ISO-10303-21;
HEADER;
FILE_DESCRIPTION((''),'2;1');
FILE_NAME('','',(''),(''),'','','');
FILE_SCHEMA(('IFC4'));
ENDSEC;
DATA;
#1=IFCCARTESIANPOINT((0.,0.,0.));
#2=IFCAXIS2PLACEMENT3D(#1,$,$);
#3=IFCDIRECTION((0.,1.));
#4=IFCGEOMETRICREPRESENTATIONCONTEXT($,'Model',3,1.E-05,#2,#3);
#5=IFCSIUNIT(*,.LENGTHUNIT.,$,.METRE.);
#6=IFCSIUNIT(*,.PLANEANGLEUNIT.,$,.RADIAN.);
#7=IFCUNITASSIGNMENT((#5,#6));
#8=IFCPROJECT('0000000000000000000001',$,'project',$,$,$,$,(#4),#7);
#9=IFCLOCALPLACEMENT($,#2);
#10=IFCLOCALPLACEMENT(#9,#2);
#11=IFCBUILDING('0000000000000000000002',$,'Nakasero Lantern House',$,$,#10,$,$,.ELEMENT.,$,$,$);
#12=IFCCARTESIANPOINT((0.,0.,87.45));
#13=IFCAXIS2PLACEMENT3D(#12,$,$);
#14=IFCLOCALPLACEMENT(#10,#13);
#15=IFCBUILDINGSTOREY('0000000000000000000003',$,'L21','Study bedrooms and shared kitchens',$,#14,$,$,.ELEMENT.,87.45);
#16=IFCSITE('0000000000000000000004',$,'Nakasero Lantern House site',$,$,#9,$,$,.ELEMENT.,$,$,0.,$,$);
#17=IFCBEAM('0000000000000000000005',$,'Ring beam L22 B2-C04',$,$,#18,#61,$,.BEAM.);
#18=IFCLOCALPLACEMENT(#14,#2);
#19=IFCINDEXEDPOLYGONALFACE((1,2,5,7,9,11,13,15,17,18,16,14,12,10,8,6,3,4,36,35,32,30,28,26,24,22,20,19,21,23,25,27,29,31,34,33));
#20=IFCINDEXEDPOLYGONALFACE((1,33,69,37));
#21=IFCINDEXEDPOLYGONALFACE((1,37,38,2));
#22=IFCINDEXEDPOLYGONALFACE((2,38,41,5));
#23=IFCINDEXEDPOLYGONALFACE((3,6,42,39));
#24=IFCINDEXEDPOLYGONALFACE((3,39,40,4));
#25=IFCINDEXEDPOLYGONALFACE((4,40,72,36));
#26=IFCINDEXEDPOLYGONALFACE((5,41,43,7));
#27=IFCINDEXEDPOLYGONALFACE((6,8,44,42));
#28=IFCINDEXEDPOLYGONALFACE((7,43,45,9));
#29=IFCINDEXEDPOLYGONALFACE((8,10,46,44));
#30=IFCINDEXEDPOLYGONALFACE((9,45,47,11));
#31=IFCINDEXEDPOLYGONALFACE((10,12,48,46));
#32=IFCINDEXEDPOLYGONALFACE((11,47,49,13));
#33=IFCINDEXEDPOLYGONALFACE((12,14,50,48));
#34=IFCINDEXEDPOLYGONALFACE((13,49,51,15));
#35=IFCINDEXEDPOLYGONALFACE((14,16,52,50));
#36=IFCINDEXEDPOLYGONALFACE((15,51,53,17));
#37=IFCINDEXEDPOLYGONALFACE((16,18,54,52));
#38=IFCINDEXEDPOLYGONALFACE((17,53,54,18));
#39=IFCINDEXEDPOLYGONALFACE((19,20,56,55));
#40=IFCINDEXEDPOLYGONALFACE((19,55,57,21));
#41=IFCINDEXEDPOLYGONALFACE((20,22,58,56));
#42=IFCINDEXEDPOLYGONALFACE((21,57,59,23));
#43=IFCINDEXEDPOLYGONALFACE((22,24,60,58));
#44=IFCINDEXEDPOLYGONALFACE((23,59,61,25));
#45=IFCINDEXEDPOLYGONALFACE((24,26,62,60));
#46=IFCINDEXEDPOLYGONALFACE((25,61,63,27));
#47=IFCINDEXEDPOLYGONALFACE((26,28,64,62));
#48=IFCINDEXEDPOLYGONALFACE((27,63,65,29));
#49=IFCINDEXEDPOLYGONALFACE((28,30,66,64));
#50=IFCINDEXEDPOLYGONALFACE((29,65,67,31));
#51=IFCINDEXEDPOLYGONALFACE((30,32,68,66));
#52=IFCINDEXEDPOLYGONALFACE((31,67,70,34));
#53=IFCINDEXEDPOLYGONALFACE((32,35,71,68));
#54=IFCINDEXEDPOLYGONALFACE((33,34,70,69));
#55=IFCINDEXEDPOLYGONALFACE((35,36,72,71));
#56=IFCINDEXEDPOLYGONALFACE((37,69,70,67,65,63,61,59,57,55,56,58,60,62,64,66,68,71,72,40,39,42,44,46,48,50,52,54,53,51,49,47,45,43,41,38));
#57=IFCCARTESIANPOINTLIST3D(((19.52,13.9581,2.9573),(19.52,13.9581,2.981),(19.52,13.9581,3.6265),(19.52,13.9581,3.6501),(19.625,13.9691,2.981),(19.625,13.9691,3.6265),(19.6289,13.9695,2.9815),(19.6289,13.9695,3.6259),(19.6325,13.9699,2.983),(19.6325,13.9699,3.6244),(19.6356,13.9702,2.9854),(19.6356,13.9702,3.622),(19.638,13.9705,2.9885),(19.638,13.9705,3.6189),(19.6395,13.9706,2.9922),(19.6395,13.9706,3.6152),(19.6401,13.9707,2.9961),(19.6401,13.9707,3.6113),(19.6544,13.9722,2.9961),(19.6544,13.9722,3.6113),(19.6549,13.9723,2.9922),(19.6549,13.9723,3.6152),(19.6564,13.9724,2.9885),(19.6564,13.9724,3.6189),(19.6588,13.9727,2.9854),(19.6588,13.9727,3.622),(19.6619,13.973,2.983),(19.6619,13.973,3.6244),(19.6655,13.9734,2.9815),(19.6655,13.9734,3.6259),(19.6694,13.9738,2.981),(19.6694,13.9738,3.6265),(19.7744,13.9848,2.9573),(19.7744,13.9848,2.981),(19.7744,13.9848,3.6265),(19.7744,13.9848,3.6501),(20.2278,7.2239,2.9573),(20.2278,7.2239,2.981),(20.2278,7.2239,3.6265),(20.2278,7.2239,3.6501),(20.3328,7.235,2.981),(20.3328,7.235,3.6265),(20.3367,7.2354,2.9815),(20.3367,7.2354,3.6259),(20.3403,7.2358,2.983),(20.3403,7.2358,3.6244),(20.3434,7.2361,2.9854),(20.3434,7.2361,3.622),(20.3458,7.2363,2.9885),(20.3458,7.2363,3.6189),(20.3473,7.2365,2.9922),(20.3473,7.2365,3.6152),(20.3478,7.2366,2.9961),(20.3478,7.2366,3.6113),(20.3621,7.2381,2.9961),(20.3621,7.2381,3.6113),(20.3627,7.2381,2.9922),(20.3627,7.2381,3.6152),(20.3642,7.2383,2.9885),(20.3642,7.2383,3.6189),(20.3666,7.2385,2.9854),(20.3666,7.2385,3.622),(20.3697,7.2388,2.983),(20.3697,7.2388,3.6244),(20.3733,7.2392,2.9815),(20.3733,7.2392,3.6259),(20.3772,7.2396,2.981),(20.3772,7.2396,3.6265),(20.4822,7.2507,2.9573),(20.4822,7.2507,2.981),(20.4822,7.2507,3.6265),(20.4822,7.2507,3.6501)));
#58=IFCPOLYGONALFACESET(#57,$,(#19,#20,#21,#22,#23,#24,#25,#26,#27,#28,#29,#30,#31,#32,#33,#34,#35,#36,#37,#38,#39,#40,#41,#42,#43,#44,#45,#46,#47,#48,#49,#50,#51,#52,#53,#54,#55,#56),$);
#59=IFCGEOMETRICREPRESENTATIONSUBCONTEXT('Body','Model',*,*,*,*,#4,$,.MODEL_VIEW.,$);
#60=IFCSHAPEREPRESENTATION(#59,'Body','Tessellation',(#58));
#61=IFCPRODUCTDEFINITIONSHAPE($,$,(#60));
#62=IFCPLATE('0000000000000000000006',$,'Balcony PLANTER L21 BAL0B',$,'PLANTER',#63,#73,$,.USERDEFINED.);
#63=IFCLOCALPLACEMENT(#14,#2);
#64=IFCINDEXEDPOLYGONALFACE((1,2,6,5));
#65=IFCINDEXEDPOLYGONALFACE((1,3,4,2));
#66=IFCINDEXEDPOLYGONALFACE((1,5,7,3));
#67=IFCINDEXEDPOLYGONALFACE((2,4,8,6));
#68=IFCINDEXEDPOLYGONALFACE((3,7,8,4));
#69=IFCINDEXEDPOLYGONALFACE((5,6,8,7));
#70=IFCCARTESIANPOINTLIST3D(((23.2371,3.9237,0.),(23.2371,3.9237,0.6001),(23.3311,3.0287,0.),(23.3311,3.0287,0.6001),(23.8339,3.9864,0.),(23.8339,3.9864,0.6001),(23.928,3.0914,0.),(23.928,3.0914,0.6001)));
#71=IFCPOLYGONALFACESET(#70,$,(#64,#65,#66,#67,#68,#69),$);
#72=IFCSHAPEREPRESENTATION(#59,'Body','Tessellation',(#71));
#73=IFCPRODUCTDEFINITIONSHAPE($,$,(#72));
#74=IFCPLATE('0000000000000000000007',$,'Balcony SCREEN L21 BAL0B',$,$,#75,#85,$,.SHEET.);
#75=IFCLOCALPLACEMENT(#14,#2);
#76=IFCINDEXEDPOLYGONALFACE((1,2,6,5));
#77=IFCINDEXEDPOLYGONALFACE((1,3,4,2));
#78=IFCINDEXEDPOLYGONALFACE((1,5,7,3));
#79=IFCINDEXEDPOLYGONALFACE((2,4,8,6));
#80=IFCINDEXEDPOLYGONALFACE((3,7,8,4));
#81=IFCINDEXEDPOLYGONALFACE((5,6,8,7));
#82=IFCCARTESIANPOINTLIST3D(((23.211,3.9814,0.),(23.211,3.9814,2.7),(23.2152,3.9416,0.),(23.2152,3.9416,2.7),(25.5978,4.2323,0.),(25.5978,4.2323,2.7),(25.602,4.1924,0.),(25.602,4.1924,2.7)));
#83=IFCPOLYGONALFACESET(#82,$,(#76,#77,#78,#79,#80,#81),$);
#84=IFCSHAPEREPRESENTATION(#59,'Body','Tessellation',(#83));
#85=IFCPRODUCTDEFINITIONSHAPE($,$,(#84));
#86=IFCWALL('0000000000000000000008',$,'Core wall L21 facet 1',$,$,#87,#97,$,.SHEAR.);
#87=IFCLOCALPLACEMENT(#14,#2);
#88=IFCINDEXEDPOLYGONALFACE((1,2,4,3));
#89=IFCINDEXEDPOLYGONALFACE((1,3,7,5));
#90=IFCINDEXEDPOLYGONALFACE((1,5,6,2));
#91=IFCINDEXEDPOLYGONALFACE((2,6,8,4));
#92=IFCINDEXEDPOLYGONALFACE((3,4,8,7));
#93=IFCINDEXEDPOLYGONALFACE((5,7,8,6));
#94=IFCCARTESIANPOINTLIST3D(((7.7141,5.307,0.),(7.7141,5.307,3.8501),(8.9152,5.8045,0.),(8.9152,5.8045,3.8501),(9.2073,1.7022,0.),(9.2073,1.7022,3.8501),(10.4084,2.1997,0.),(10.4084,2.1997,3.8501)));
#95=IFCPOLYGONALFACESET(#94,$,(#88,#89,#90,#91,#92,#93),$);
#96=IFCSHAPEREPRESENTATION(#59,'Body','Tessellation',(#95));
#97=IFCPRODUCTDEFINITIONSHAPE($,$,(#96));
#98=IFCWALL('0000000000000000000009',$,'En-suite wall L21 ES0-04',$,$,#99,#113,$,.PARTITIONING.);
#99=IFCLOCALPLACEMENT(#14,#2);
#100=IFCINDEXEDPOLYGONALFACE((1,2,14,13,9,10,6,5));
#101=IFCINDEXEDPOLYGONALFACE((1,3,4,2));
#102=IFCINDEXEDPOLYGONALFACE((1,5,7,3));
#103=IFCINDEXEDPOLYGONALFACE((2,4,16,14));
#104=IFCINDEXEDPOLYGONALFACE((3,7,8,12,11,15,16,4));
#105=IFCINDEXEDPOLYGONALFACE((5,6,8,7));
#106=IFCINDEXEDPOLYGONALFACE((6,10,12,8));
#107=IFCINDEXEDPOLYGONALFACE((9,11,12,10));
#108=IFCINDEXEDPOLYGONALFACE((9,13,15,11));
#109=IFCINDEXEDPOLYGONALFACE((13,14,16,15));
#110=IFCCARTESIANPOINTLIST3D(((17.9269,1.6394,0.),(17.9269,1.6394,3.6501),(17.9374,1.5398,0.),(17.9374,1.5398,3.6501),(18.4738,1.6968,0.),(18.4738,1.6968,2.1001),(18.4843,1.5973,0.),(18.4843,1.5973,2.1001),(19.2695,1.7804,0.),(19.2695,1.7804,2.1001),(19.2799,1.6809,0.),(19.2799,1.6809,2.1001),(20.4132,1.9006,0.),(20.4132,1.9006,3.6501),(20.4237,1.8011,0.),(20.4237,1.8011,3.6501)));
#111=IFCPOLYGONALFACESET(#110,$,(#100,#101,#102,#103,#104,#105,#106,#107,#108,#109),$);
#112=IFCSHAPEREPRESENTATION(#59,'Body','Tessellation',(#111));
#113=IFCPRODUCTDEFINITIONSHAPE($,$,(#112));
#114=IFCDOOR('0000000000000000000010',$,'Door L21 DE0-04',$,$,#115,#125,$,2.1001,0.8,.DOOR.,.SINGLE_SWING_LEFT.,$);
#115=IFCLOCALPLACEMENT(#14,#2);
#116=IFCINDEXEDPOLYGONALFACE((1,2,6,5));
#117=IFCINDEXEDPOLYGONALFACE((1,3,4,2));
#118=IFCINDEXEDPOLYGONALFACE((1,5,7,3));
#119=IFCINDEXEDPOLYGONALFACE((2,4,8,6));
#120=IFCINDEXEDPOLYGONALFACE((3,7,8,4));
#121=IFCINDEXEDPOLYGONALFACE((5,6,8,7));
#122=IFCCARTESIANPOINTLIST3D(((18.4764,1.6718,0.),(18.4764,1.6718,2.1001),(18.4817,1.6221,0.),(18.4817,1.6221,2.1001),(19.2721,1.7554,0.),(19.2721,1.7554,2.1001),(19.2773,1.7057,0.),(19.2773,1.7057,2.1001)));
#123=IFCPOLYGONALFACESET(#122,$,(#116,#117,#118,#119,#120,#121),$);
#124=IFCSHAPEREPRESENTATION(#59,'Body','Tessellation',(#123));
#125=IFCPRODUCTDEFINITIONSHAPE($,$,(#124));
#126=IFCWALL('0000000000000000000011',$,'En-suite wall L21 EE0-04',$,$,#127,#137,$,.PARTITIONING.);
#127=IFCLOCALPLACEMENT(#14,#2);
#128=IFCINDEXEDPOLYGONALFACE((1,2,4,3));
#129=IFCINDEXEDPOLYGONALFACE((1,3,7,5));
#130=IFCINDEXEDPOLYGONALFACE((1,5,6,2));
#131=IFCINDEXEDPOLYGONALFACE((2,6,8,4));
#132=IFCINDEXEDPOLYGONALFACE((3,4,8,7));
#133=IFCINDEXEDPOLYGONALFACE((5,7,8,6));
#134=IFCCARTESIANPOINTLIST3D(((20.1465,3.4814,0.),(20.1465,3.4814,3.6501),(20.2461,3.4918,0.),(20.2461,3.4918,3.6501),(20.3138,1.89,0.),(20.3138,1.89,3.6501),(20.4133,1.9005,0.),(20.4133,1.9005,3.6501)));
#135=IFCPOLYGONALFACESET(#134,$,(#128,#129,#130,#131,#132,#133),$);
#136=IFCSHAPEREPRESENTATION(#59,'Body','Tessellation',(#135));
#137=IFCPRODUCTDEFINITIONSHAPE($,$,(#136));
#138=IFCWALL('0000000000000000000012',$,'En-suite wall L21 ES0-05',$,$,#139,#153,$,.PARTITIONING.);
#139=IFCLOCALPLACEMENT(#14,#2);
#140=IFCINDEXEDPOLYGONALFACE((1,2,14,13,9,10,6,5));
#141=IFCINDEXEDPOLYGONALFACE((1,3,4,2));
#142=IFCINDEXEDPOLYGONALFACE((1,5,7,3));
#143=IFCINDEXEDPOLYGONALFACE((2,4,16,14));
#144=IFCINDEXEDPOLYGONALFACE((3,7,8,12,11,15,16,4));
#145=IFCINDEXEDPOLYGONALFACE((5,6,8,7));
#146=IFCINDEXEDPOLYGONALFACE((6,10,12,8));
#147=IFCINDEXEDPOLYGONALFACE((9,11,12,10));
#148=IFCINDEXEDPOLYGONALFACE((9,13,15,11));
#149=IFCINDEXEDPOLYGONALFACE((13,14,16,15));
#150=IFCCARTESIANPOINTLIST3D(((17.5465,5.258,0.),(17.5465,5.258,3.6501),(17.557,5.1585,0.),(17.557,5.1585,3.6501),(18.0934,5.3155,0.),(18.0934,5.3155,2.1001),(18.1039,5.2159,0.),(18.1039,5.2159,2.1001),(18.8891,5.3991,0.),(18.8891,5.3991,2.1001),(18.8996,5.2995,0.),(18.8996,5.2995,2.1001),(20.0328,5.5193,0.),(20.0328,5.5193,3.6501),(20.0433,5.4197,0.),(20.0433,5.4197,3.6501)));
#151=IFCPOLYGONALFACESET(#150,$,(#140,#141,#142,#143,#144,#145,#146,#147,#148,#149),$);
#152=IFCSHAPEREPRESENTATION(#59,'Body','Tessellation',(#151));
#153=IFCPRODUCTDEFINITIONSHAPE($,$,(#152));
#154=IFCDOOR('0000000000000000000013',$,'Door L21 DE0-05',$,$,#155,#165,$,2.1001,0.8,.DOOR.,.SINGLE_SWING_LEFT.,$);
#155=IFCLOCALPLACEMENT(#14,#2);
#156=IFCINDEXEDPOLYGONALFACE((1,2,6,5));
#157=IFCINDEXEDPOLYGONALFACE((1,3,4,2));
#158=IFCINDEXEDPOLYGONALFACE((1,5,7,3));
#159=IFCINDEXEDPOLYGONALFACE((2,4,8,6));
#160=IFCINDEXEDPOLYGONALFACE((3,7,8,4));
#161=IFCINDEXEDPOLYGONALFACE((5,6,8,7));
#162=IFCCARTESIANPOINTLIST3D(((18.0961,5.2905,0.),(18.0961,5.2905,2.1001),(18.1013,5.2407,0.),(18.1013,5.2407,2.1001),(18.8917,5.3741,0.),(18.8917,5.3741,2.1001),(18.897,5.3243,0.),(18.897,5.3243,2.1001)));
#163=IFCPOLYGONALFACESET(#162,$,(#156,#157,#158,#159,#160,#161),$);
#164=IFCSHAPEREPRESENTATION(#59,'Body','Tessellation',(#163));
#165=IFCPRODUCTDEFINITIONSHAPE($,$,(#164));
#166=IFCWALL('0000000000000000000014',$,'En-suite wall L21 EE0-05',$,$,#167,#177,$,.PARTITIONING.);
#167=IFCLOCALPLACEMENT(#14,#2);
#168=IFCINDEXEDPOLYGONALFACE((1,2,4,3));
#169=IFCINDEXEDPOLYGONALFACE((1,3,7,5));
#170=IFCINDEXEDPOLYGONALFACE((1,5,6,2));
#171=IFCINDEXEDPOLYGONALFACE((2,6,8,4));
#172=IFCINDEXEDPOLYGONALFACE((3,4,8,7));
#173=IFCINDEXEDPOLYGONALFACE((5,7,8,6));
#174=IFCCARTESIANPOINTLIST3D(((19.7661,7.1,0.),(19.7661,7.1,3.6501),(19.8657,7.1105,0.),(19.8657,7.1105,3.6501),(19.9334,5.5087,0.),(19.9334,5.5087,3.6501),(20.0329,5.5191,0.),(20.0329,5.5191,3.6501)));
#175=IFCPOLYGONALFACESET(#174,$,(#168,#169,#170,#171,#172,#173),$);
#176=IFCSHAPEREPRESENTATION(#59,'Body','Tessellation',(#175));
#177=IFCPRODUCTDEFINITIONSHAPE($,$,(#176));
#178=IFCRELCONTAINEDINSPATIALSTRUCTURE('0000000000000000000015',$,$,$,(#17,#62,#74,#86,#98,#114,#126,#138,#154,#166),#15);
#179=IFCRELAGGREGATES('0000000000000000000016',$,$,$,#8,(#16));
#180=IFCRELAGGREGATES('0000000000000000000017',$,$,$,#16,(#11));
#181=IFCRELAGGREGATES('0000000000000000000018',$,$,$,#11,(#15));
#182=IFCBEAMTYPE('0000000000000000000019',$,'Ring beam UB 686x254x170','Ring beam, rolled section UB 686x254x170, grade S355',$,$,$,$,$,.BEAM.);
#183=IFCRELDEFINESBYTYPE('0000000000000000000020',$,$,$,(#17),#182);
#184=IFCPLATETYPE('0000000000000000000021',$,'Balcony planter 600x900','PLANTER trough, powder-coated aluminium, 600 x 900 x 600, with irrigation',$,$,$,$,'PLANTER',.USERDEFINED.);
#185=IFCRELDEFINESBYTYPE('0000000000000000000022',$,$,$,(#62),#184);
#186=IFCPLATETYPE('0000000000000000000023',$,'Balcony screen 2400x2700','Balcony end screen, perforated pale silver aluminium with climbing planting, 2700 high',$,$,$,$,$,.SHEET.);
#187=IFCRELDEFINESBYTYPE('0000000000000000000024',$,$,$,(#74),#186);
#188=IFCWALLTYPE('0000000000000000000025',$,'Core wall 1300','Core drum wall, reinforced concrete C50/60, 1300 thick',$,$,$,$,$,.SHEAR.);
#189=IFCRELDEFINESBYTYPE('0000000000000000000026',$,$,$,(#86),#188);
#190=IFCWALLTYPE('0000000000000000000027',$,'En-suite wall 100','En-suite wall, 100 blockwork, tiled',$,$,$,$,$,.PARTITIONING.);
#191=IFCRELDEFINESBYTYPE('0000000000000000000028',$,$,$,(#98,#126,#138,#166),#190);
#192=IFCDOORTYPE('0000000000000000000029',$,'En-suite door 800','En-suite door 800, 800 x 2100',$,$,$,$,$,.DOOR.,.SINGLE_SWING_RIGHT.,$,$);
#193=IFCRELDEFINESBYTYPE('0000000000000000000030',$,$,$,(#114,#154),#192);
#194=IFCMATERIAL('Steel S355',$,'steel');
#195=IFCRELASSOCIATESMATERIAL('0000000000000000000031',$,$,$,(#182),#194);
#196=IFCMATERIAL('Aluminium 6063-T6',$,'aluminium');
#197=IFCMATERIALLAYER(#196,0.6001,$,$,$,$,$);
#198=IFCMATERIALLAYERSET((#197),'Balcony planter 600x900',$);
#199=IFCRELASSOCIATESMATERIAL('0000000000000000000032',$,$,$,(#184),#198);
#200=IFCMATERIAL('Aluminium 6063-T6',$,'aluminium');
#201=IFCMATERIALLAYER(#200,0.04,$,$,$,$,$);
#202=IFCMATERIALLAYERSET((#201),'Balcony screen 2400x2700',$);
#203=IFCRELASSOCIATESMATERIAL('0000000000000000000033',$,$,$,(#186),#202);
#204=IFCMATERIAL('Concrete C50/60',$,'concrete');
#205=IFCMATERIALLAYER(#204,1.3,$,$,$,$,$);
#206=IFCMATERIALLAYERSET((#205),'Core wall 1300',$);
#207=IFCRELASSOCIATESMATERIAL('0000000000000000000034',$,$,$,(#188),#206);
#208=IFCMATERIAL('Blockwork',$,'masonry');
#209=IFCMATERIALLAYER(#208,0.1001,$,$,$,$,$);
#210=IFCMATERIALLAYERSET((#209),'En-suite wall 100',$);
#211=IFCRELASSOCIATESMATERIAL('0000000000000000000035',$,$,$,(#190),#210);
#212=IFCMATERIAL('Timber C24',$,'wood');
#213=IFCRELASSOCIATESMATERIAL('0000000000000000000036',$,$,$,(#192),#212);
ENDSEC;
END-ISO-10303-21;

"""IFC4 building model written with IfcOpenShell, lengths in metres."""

from ifc_helpers import new_model, si_unit, direction, frame, frame_2d, origin, origin_2d, place, context, subcontext, project, spatial, rectangle, i_section, extrude, material, layer, layer_set, material_profile, profile_set, type_object, element, fill, save


model = new_model("IFC4")

# Units and contexts
model_context = context("Model", 3, precision=1e-05, world=origin(), true_north=direction((0.0, 1.0)))
body_context = subcontext(model_context, "Body", "Model", "MODEL_VIEW")
ifc_project = project(units=[si_unit("LENGTHUNIT", "METRE"), si_unit("PLANEANGLEUNIT", "RADIAN")], contexts=[model_context])

# Site, building, storey
site_placement = place(None, origin())
site = spatial("IfcSite", under=ifc_project, at=site_placement, Name="Nakasero Lantern House site", CompositionType="ELEMENT", RefElevation=0.0)
building_placement = place(site_placement, origin())
building = spatial("IfcBuilding", under=site, at=building_placement, Name="Nakasero Lantern House", CompositionType="ELEMENT")
storey_placement = place(building_placement, frame((0.0, 0.0, 87.45)))
storey = spatial("IfcBuildingStorey", under=building, at=storey_placement, Name="L21", Description="Study bedrooms and shared kitchens", CompositionType="ELEMENT", Elevation=87.45)

# Beam
ifc_material_1 = material(Name="Steel S355", Category="steel")
ifc_material_profile_1 = material_profile(ifc_material_1, i_section(OverallWidth=0.2559, OverallDepth=0.6929, WebThickness=0.0144, FlangeThickness=0.0237, FilletRadius=0.0151, at=origin_2d()), Name="UB 686x254x170")
ifc_profile_set_1 = profile_set([ifc_material_profile_1], Name="Steel S355")
beam_type_1 = type_object("IfcBeamType", Name="Ring beam UB 686x254x170", Description="Ring beam, rolled section UB 686x254x170, grade S355", PredefinedType="BEAM", material=ifc_profile_set_1)
beam_1_placement = place(storey_placement, frame((20.355, 7.2373, 3.3037), z_axis=(-0.104525, 0.994522, 0.0), x_axis=(-0.994522, -0.104525, 0.0)))
element("IfcBeam", 1, at=beam_1_placement, inside=storey, type_object=beam_type_1, Name="Ring beam L22 B2-C04", PredefinedType="BEAM", context=body_context, shape_type="SweptSolid", body=[
    extrude(i_section(OverallWidth=0.2559, OverallDepth=0.6929, WebThickness=0.0144, FlangeThickness=0.0237, FilletRadius=0.0151, at=origin_2d()), origin(), (0.0, 0.0, 1.0), 6.7712),
])

# Plates
ifc_material_2 = material(Name="Aluminium 6063-T6", Category="aluminium")
ifc_layer_1 = layer(ifc_material_2, 0.6001)
ifc_layer_set_1 = layer_set([ifc_layer_1], Name="Balcony planter 600x900")
plate_type_1 = type_object("IfcPlateType", Name="Balcony planter 600x900", Description="PLANTER trough, powder-coated aluminium, 600 x 900 x 600, with irrigation", ElementType="PLANTER", PredefinedType="USERDEFINED", material=ifc_layer_set_1)
plate_1_placement = place(storey_placement, frame((23.5825, 3.5076, 0.0), z_axis=(0.0, 0.0, 1.0), x_axis=(0.994522, 0.104528, 0.0)))
element("IfcPlate", 2, at=plate_1_placement, inside=storey, type_object=plate_type_1, Name="Balcony PLANTER L21 BAL0B", ObjectType="PLANTER", PredefinedType="USERDEFINED", context=body_context, shape_type="SweptSolid", body=[
    extrude(rectangle(XDim=0.6001, YDim=0.8999, at=origin_2d()), origin(), (0.0, 0.0, 1.0), 0.6001),
])
ifc_material_3 = material(Name="Aluminium 6063-T6", Category="aluminium")
ifc_layer_2 = layer(ifc_material_3, 0.04)
ifc_layer_set_2 = layer_set([ifc_layer_2], Name="Balcony screen 2400x2700")
plate_type_2 = type_object("IfcPlateType", Name="Balcony screen 2400x2700", Description="Balcony end screen, perforated pale silver aluminium with climbing planting, 2700 high", PredefinedType="SHEET", material=ifc_layer_set_2)
plate_2_placement = place(storey_placement, frame((24.4065, 4.0869, 0.0), z_axis=(0.0, 0.0, 1.0), x_axis=(0.994522, 0.104528, 0.0)))
element("IfcPlate", 3, at=plate_2_placement, inside=storey, type_object=plate_type_2, Name="Balcony SCREEN L21 BAL0B", PredefinedType="SHEET", context=body_context, shape_type="SweptSolid", body=[
    extrude(rectangle(XDim=2.3999, YDim=0.04, at=origin_2d()), origin(), (0.0, 0.0, 1.0), 2.7),
])

# Wall
ifc_material_4 = material(Name="Concrete C50/60", Category="concrete")
ifc_layer_3 = layer(ifc_material_4, 1.3)
ifc_layer_set_3 = layer_set([ifc_layer_3], Name="Core wall 1300")
wall_type_1 = type_object("IfcWallType", Name="Core wall 1300", Description="Core drum wall, reinforced concrete C50/60, 1300 thick", PredefinedType="SHEAR", material=ifc_layer_set_3)
wall_1_placement = place(storey_placement, frame((9.8079, 1.9509, 0.0), z_axis=(0.0, 0.0, 1.0), x_axis=(-0.382691, 0.923877, 0.0)))
element("IfcWall", 4, at=wall_1_placement, inside=storey, type_object=wall_type_1, Name="Core wall L21 facet 1", PredefinedType="SHEAR", context=body_context, shape_type="SweptSolid", body=[
    extrude(rectangle(XDim=3.9019, YDim=1.3, at=frame_2d((1.9509, 0.0))), origin(), (0.0, 0.0, 1.0), 3.8501),
])

# Wall, opening, door
ifc_material_5 = material(Name="Blockwork", Category="masonry")
ifc_layer_4 = layer(ifc_material_5, 0.1001)
ifc_layer_set_4 = layer_set([ifc_layer_4], Name="En-suite wall 100")
wall_type_2 = type_object("IfcWallType", Name="En-suite wall 100", Description="En-suite wall, 100 blockwork, tiled", PredefinedType="PARTITIONING", material=ifc_layer_set_4)
wall_2_placement = place(storey_placement, frame((17.9321, 1.5896, 0.0), z_axis=(0.0, 0.0, 1.0), x_axis=(0.994526, 0.104492, 0.0)))
wall_2 = element("IfcWall", 5, at=wall_2_placement, inside=storey, type_object=wall_type_2, Name="En-suite wall L21 ES0-04", PredefinedType="PARTITIONING", context=body_context, shape_type="SweptSolid", body=[
    extrude(rectangle(XDim=2.5, YDim=0.1001, at=frame_2d((1.25, 0.0))), origin(), (0.0, 0.0, 1.0), 3.6501),
])
opening_1_placement = place(wall_2_placement, frame((0.55, 0.0, 0.0)))
opening_1 = element("IfcOpeningElement", 6, at=opening_1_placement, cuts=wall_2, PredefinedType="OPENING", context=body_context, shape_type="SweptSolid", body=[
    extrude(rectangle(XDim=0.8, YDim=2.1001, at=frame_2d((0.3999, 1.05))), frame((0.0, 0.0701, 0.0), z_axis=(0.0, -1.0, 0.0), x_axis=(1.0, 0.0, 0.0)), (0.0, 0.0, 1.0), 0.1401),
])
ifc_material_6 = material(Name="Timber C24", Category="wood")
door_type = type_object("IfcDoorType", Name="En-suite door 800", Description="En-suite door 800, 800 x 2100", OperationType="SINGLE_SWING_RIGHT", PredefinedType="DOOR", material=ifc_material_6)
door_1_placement = place(opening_1_placement, origin())
door_1 = element("IfcDoor", 7, at=door_1_placement, inside=storey, type_object=door_type, Name="Door L21 DE0-04", OperationType="SINGLE_SWING_LEFT", OverallHeight=2.1001, OverallWidth=0.8, PredefinedType="DOOR", context=body_context, shape_type="SweptSolid", body=[
    extrude(rectangle(XDim=0.8, YDim=2.1001, at=frame_2d((0.3999, 1.05))), frame((0.0, 0.0249, 0.0), z_axis=(0.0, -1.0, 0.0), x_axis=(1.0, 0.0, 0.0)), (0.0, 0.0, 1.0), 0.05),
])
fill(opening_1, door_1)

# Wall
wall_3_placement = place(storey_placement, frame((20.3635, 1.8953, 0.0), z_axis=(0.0, 0.0, 1.0), x_axis=(-0.104518, 0.994523, 0.0)))
element("IfcWall", 8, at=wall_3_placement, inside=storey, type_object=wall_type_2, Name="En-suite wall L21 EE0-04", PredefinedType="PARTITIONING", context=body_context, shape_type="SweptSolid", body=[
    extrude(rectangle(XDim=1.6001, YDim=0.1001, at=frame_2d((0.8, 0.0))), origin(), (0.0, 0.0, 1.0), 3.6501),
])

# Wall, opening, door
wall_4_placement = place(storey_placement, frame((17.5518, 5.2083, 0.0), z_axis=(0.0, 0.0, 1.0), x_axis=(0.994526, 0.104492, 0.0)))
wall_4 = element("IfcWall", 9, at=wall_4_placement, inside=storey, type_object=wall_type_2, Name="En-suite wall L21 ES0-05", PredefinedType="PARTITIONING", context=body_context, shape_type="SweptSolid", body=[
    extrude(rectangle(XDim=2.5, YDim=0.1001, at=frame_2d((1.25, 0.0))), origin(), (0.0, 0.0, 1.0), 3.6501),
])
opening_2_placement = place(wall_4_placement, frame((0.55, 0.0, 0.0)))
opening_2 = element("IfcOpeningElement", 10, at=opening_2_placement, cuts=wall_4, PredefinedType="OPENING", context=body_context, shape_type="SweptSolid", body=[
    extrude(rectangle(XDim=0.8, YDim=2.1001, at=frame_2d((0.3999, 1.05))), frame((0.0, 0.0701, 0.0), z_axis=(0.0, -1.0, 0.0), x_axis=(1.0, 0.0, 0.0)), (0.0, 0.0, 1.0), 0.1401),
])
door_2_placement = place(opening_2_placement, origin())
door_2 = element("IfcDoor", 11, at=door_2_placement, inside=storey, type_object=door_type, Name="Door L21 DE0-05", OperationType="SINGLE_SWING_LEFT", OverallHeight=2.1001, OverallWidth=0.8, PredefinedType="DOOR", context=body_context, shape_type="SweptSolid", body=[
    extrude(rectangle(XDim=0.8, YDim=2.1001, at=frame_2d((0.3999, 1.05))), frame((0.0, 0.0249, 0.0), z_axis=(0.0, -1.0, 0.0), x_axis=(1.0, 0.0, 0.0)), (0.0, 0.0, 1.0), 0.05),
])
fill(opening_2, door_2)

# Wall
wall_5_placement = place(storey_placement, frame((19.9832, 5.5139, 0.0), z_axis=(0.0, 0.0, 1.0), x_axis=(-0.104518, 0.994523, 0.0)))
element("IfcWall", 12, at=wall_5_placement, inside=storey, type_object=wall_type_2, Name="En-suite wall L21 EE0-05", PredefinedType="PARTITIONING", context=body_context, shape_type="SweptSolid", body=[
    extrude(rectangle(XDim=1.6001, YDim=0.1001, at=frame_2d((0.8, 0.0))), origin(), (0.0, 0.0, 1.0), 3.6501),
])

save(model, "model.ifc")
